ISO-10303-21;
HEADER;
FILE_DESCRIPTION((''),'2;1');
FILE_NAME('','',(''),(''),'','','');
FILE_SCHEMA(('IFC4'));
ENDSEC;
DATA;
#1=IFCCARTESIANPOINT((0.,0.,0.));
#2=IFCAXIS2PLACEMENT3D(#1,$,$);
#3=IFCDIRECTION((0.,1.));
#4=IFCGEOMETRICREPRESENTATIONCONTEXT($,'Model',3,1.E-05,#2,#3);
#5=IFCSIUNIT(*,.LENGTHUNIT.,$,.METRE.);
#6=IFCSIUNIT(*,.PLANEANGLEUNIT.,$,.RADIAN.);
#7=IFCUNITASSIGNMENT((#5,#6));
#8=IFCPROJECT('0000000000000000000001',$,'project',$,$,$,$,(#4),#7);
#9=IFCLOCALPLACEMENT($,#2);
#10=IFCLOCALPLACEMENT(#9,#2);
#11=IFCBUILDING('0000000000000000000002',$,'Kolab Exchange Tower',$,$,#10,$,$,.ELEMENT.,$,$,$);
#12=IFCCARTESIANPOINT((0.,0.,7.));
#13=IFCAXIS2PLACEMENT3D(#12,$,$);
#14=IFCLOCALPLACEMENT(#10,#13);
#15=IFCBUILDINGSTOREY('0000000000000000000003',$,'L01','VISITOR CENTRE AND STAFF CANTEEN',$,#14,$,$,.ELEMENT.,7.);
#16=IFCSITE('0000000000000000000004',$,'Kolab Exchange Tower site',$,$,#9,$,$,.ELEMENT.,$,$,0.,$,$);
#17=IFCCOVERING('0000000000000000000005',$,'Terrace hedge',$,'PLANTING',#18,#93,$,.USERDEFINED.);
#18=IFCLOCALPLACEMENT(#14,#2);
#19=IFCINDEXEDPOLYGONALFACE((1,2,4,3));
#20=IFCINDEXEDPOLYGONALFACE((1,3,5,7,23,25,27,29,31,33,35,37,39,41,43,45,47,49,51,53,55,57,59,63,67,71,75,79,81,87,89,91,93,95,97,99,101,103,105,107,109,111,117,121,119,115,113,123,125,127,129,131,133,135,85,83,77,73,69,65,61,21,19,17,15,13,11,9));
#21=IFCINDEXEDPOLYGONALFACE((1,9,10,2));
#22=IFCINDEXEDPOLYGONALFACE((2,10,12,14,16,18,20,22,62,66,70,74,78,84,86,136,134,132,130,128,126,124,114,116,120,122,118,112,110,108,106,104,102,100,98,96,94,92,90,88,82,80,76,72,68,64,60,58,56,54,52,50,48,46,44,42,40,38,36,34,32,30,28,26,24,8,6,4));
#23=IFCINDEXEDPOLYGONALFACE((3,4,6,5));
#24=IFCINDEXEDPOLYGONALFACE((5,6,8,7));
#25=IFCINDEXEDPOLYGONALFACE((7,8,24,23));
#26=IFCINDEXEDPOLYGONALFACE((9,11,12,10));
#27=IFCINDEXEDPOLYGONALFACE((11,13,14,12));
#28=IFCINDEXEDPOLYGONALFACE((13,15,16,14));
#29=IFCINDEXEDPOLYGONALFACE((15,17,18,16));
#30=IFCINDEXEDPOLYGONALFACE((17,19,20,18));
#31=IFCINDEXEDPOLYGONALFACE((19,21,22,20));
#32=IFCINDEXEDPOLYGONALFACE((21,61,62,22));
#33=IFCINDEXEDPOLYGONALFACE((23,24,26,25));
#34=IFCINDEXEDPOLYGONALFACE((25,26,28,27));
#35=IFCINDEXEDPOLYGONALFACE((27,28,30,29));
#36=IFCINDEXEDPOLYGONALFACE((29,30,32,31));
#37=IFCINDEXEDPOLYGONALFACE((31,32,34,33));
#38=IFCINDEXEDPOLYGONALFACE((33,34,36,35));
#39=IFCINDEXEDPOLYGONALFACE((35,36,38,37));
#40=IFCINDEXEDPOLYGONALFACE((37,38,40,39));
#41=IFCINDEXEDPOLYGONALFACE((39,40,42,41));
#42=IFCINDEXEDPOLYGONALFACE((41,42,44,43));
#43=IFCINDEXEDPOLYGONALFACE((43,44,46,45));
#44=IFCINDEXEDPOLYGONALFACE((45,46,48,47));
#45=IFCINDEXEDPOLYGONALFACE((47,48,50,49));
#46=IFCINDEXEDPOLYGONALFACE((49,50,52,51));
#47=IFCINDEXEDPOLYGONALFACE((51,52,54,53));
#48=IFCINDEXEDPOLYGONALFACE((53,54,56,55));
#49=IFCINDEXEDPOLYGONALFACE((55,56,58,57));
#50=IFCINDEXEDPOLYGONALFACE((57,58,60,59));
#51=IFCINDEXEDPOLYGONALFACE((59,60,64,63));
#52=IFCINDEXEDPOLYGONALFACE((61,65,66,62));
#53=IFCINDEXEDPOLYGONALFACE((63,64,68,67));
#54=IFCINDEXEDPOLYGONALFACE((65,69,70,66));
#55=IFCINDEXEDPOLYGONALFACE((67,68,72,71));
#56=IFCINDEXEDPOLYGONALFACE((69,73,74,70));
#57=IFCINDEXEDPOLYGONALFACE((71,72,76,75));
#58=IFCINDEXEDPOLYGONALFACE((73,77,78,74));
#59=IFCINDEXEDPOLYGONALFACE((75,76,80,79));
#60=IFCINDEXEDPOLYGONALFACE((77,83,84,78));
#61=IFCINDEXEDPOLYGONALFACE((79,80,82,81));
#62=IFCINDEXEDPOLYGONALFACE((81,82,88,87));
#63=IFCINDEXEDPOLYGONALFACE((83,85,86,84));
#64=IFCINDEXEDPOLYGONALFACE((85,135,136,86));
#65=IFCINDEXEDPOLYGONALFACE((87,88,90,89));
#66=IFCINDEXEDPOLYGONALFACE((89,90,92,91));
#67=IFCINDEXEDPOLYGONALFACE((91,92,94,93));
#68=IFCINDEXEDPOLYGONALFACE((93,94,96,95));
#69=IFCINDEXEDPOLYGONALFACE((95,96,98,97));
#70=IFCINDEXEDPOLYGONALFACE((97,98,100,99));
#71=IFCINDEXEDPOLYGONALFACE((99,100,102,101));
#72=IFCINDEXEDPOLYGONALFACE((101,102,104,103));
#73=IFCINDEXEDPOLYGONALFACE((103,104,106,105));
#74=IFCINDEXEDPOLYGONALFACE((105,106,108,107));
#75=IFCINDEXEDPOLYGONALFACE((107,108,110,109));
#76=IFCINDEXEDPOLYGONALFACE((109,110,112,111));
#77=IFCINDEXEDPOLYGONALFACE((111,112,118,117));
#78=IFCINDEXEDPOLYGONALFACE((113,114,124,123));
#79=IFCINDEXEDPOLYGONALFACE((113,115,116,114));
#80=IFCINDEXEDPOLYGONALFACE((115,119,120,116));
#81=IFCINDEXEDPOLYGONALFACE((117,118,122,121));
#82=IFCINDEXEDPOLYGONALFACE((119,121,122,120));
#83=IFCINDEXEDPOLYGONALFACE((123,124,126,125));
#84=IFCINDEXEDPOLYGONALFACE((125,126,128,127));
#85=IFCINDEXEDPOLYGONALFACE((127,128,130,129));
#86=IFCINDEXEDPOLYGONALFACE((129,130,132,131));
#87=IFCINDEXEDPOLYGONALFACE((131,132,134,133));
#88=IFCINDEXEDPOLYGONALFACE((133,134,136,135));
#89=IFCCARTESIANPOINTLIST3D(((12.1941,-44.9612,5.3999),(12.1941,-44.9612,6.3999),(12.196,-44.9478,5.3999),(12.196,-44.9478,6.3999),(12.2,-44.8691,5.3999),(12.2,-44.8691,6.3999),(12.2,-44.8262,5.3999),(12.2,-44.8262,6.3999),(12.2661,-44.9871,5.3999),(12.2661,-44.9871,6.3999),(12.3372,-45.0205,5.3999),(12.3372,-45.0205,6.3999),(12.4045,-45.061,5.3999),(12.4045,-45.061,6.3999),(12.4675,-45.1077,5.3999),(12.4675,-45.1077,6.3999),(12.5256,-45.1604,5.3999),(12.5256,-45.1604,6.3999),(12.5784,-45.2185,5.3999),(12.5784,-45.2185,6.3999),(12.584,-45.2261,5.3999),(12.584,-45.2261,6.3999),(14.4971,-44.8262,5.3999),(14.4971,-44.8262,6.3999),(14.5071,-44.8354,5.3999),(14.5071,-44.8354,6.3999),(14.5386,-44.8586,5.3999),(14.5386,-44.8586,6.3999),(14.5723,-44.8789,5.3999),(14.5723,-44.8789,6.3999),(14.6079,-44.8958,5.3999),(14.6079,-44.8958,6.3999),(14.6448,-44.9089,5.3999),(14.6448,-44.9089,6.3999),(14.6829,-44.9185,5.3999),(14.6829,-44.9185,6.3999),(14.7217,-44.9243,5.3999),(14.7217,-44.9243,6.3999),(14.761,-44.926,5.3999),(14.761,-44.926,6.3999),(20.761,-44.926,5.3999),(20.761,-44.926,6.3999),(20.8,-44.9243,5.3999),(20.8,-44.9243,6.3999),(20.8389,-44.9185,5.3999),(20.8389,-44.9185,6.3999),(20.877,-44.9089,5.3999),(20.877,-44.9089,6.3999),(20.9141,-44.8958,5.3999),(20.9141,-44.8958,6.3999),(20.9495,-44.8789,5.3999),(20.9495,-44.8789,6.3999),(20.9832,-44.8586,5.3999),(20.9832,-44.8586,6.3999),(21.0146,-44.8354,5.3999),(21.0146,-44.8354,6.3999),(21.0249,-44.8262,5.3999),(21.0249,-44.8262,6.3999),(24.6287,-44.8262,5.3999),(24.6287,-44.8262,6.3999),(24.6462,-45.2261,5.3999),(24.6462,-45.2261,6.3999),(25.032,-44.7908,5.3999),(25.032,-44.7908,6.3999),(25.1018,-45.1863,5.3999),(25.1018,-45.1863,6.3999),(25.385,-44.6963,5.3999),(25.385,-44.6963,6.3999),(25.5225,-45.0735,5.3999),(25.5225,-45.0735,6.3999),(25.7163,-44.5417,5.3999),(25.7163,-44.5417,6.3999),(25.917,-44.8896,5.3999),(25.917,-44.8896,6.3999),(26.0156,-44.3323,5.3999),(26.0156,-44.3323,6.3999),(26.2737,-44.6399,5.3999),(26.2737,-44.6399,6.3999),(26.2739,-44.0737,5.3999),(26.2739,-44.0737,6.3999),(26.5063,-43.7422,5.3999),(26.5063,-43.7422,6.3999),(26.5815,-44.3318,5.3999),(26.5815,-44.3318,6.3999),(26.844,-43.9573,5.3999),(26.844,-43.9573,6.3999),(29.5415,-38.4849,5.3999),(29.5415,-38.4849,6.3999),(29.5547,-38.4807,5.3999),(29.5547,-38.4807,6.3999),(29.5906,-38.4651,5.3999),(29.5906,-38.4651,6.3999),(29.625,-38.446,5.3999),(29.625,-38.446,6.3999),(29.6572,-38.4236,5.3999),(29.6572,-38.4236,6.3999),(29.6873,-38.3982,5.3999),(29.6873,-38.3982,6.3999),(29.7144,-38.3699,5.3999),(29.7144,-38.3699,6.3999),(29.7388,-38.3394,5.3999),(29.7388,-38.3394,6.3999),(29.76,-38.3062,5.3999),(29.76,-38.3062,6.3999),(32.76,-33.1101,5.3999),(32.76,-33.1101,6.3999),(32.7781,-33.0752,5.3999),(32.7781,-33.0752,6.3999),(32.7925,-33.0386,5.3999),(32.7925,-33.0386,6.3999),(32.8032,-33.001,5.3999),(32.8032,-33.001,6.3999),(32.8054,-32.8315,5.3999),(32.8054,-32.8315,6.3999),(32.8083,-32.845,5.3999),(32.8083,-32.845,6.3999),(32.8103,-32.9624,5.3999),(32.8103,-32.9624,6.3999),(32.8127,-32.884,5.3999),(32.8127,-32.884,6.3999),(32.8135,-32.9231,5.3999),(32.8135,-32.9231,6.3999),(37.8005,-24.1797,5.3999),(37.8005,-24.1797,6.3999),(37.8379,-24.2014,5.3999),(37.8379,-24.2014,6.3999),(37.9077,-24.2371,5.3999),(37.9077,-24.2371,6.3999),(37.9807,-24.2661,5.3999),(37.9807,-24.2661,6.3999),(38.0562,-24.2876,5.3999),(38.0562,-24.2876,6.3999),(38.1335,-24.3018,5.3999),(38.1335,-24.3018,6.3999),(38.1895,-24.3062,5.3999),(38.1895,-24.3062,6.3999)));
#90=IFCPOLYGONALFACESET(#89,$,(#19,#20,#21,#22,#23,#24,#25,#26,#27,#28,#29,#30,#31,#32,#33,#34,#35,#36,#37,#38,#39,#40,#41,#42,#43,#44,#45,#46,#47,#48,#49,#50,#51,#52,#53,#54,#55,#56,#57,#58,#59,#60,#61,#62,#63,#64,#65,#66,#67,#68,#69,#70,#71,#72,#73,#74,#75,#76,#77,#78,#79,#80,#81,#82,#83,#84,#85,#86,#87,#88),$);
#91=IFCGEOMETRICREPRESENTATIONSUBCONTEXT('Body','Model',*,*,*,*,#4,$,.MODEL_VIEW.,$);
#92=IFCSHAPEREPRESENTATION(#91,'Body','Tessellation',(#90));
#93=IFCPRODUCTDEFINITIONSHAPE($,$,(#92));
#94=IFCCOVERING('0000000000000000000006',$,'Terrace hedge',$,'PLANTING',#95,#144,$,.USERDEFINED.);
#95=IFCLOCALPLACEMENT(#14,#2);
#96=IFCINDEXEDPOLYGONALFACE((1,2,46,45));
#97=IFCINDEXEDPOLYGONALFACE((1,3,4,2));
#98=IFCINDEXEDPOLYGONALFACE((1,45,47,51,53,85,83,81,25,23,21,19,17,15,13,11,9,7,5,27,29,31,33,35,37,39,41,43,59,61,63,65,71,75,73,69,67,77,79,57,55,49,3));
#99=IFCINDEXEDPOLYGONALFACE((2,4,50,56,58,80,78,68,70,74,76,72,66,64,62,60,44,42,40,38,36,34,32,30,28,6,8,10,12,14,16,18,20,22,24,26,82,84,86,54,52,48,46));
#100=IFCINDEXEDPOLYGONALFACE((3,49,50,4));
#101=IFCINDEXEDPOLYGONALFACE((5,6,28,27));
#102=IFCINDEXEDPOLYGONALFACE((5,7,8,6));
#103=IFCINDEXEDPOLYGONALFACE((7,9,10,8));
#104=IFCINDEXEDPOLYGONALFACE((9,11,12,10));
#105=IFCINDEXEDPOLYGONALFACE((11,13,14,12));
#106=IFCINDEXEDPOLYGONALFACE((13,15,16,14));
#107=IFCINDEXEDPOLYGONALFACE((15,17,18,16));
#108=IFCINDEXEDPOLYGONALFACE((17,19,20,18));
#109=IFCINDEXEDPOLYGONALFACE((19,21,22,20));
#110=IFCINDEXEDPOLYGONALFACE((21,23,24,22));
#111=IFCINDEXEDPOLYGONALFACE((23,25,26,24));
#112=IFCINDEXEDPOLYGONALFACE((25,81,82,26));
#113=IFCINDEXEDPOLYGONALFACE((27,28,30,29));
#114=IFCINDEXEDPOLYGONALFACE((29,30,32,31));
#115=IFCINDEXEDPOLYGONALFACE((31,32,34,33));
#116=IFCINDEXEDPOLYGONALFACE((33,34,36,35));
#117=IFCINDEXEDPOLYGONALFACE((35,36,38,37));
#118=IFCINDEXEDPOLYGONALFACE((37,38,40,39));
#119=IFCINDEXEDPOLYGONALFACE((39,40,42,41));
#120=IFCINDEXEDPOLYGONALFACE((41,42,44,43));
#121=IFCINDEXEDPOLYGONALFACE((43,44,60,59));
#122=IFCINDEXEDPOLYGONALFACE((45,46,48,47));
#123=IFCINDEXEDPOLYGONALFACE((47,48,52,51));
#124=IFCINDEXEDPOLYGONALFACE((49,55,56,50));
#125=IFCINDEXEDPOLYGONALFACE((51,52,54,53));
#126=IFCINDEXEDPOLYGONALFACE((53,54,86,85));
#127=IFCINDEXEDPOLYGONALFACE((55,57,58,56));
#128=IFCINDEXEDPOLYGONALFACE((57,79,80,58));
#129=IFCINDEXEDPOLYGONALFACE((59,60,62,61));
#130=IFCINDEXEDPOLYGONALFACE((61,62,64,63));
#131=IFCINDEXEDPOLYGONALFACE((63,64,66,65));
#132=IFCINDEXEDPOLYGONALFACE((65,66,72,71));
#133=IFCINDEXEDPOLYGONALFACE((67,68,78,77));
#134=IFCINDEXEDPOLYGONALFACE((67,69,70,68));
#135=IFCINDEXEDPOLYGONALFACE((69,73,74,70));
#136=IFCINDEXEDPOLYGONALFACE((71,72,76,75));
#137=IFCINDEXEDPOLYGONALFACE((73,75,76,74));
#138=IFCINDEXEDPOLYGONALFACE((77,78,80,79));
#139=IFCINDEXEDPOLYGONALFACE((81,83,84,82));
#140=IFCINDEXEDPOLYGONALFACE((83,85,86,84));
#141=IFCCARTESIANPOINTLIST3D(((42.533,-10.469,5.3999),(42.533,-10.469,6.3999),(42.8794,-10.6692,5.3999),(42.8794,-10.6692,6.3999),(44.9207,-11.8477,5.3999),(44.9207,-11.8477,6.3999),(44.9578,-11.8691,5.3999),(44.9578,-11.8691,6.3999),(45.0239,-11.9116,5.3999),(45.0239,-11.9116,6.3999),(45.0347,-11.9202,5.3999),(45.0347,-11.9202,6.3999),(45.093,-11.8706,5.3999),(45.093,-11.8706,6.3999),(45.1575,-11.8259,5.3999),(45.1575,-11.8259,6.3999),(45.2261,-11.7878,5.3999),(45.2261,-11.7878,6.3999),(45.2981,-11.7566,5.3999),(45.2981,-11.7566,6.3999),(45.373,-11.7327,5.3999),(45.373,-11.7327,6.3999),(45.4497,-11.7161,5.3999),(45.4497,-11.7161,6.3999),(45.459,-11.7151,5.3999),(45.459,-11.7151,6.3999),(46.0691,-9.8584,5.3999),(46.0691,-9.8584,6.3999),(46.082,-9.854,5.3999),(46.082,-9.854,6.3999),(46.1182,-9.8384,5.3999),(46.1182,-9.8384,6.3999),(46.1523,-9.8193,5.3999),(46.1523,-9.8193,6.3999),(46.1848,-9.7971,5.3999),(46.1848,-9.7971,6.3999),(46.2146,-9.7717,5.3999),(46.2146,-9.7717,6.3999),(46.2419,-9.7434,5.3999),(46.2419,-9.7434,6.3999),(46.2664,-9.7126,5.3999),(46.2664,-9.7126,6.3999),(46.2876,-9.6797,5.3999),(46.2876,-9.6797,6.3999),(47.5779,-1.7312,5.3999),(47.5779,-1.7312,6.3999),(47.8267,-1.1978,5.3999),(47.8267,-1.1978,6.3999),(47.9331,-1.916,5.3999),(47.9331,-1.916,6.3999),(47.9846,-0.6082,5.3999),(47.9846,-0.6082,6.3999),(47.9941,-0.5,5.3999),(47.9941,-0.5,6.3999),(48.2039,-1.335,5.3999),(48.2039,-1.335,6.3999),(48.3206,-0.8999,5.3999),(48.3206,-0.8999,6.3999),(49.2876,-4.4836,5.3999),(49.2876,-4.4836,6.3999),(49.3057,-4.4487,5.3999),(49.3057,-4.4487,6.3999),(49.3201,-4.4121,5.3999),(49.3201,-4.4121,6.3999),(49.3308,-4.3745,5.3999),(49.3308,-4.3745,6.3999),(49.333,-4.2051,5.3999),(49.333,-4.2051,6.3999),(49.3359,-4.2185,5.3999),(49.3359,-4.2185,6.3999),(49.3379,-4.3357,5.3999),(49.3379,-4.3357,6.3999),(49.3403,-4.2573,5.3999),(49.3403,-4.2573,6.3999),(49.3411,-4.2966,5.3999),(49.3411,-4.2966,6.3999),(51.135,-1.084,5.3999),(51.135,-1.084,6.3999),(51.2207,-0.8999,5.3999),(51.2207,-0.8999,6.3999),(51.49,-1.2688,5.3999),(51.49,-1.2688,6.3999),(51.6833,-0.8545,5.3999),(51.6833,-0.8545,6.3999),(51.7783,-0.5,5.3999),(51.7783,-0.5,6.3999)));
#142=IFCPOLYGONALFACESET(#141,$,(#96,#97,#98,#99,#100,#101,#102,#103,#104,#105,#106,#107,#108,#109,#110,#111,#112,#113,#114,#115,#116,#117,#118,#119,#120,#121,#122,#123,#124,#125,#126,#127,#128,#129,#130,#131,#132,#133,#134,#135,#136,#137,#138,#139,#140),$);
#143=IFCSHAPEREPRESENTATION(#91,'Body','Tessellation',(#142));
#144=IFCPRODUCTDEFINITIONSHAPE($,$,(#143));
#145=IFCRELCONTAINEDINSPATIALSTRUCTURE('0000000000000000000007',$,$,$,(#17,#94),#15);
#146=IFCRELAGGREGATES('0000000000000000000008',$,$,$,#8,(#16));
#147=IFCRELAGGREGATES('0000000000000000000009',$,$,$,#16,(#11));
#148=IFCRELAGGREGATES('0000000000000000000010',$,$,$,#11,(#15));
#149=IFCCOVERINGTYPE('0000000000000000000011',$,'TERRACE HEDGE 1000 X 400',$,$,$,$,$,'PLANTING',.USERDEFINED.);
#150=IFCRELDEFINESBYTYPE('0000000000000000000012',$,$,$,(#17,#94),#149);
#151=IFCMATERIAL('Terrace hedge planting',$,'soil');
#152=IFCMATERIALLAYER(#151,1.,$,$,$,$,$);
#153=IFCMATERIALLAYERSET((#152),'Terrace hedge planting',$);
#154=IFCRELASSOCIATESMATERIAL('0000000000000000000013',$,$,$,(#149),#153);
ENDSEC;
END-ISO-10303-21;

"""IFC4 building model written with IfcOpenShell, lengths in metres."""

from ifc_helpers import new_model, si_unit, direction, frame, origin, place, context, subcontext, project, spatial, polyline, outline, extrude, material, layer, layer_set, type_object, element, save


model = new_model("IFC4")

# Units and contexts
model_context = context("Model", 3, precision=1e-05, world=origin(), true_north=direction((0.0, 1.0)))
body_context = subcontext(model_context, "Body", "Model", "MODEL_VIEW")
ifc_project = project(units=[si_unit("LENGTHUNIT", "METRE"), si_unit("PLANEANGLEUNIT", "RADIAN")], contexts=[model_context])

# Site, building, storey
site_placement = place(None, origin())
site = spatial("IfcSite", under=ifc_project, at=site_placement, Name="Kolab Exchange Tower site", CompositionType="ELEMENT", RefElevation=0.0)
building_placement = place(site_placement, origin())
building = spatial("IfcBuilding", under=site, at=building_placement, Name="Kolab Exchange Tower", CompositionType="ELEMENT")
storey_placement = place(building_placement, frame((0.0, 0.0, 7.0)))
storey = spatial("IfcBuildingStorey", under=building, at=storey_placement, Name="L01", Description="VISITOR CENTRE AND STAFF CANTEEN", CompositionType="ELEMENT", Elevation=7.0)

# Coverings
ifc_material_1 = material(Name="Terrace hedge planting", Category="soil")
ifc_layer_1 = layer(ifc_material_1, 1.0)
ifc_layer_set_1 = layer_set([ifc_layer_1], Name="Terrace hedge planting")
covering_type_1 = type_object("IfcCoveringType", Name="TERRACE HEDGE 1000 X 400", ElementType="PLANTING", PredefinedType="USERDEFINED", material=ifc_layer_set_1)
covering_1_placement = place(storey_placement, frame((0.0, 0.0, 5.3999)))
element("IfcCovering", 1, at=covering_1_placement, inside=storey, type_object=covering_type_1, Name="Terrace hedge", ObjectType="PLANTING", PredefinedType="USERDEFINED", context=body_context, shape_type="SweptSolid", body=[
    extrude(outline(polyline([(26.844, -43.9573), (26.5815, -44.3318), (26.2737, -44.6399), (25.917, -44.8896), (25.5225, -45.0735), (25.1018, -45.1863), (24.6462, -45.2261), (12.584, -45.2261), (12.5784, -45.2185), (12.5256, -45.1604), (12.4675, -45.1077), (12.4045, -45.061), (12.3372, -45.0205), (12.2661, -44.9871), (12.1941, -44.9612), (12.196, -44.9478), (12.2, -44.8691), (12.2, -44.8262), (14.4971, -44.8262), (14.5071, -44.8354), (14.5386, -44.8586), (14.5723, -44.8789), (14.6079, -44.8958), (14.6448, -44.9089), (14.6829, -44.9185), (14.7217, -44.9243), (14.761, -44.926), (20.761, -44.926), (20.8, -44.9243), (20.8389, -44.9185), (20.877, -44.9089), (20.9141, -44.8958), (20.9495, -44.8789), (20.9832, -44.8586), (21.0146, -44.8354), (21.0249, -44.8262), (24.6287, -44.8262), (25.032, -44.7908), (25.385, -44.6963), (25.7163, -44.5417), (26.0156, -44.3323), (26.2739, -44.0737), (26.5063, -43.7422), (29.5415, -38.4849), (29.5547, -38.4807), (29.5906, -38.4651), (29.625, -38.446), (29.6572, -38.4236), (29.6873, -38.3982), (29.7144, -38.3699), (29.7388, -38.3394), (29.76, -38.3062), (32.76, -33.1101), (32.7781, -33.0752), (32.7925, -33.0386), (32.8032, -33.001), (32.8103, -32.9624), (32.8135, -32.9231), (32.8127, -32.884), (32.8083, -32.845), (32.8054, -32.8315), (37.8005, -24.1797), (37.8379, -24.2014), (37.9077, -24.2371), (37.9807, -24.2661), (38.0562, -24.2876), (38.1335, -24.3018), (38.1895, -24.3062), (26.844, -43.9573)])), origin(), (0.0, 0.0, 1.0), 1.0),
])
covering_2_placement = place(storey_placement, frame((0.0, 0.0, 5.3999)))
element("IfcCovering", 2, at=covering_2_placement, inside=storey, type_object=covering_type_1, Name="Terrace hedge", ObjectType="PLANTING", PredefinedType="USERDEFINED", context=body_context, shape_type="SweptSolid", body=[
    extrude(outline(polyline([(47.5779, -1.7312), (47.8267, -1.1978), (47.9846, -0.6082), (47.9941, -0.5), (51.7783, -0.5), (51.6833, -0.8545), (51.49, -1.2688), (45.459, -11.7151), (45.4497, -11.7161), (45.373, -11.7327), (45.2981, -11.7566), (45.2261, -11.7878), (45.1575, -11.8259), (45.093, -11.8706), (45.0347, -11.9202), (45.0239, -11.9116), (44.9578, -11.8691), (44.9207, -11.8477), (46.0691, -9.8584), (46.082, -9.854), (46.1182, -9.8384), (46.1523, -9.8193), (46.1848, -9.7971), (46.2146, -9.7717), (46.2419, -9.7434), (46.2664, -9.7126), (46.2876, -9.6797), (49.2876, -4.4836), (49.3057, -4.4487), (49.3201, -4.4121), (49.3308, -4.3745), (49.3379, -4.3357), (49.3411, -4.2966), (49.3403, -4.2573), (49.3359, -4.2185), (49.333, -4.2051), (51.135, -1.084), (51.2207, -0.8999), (48.3206, -0.8999), (48.2039, -1.335), (47.9331, -1.916), (42.8794, -10.6692), (42.533, -10.469), (47.5779, -1.7312)])), origin(), (0.0, 0.0, 1.0), 1.0),
])

save(model, "model.ifc")
